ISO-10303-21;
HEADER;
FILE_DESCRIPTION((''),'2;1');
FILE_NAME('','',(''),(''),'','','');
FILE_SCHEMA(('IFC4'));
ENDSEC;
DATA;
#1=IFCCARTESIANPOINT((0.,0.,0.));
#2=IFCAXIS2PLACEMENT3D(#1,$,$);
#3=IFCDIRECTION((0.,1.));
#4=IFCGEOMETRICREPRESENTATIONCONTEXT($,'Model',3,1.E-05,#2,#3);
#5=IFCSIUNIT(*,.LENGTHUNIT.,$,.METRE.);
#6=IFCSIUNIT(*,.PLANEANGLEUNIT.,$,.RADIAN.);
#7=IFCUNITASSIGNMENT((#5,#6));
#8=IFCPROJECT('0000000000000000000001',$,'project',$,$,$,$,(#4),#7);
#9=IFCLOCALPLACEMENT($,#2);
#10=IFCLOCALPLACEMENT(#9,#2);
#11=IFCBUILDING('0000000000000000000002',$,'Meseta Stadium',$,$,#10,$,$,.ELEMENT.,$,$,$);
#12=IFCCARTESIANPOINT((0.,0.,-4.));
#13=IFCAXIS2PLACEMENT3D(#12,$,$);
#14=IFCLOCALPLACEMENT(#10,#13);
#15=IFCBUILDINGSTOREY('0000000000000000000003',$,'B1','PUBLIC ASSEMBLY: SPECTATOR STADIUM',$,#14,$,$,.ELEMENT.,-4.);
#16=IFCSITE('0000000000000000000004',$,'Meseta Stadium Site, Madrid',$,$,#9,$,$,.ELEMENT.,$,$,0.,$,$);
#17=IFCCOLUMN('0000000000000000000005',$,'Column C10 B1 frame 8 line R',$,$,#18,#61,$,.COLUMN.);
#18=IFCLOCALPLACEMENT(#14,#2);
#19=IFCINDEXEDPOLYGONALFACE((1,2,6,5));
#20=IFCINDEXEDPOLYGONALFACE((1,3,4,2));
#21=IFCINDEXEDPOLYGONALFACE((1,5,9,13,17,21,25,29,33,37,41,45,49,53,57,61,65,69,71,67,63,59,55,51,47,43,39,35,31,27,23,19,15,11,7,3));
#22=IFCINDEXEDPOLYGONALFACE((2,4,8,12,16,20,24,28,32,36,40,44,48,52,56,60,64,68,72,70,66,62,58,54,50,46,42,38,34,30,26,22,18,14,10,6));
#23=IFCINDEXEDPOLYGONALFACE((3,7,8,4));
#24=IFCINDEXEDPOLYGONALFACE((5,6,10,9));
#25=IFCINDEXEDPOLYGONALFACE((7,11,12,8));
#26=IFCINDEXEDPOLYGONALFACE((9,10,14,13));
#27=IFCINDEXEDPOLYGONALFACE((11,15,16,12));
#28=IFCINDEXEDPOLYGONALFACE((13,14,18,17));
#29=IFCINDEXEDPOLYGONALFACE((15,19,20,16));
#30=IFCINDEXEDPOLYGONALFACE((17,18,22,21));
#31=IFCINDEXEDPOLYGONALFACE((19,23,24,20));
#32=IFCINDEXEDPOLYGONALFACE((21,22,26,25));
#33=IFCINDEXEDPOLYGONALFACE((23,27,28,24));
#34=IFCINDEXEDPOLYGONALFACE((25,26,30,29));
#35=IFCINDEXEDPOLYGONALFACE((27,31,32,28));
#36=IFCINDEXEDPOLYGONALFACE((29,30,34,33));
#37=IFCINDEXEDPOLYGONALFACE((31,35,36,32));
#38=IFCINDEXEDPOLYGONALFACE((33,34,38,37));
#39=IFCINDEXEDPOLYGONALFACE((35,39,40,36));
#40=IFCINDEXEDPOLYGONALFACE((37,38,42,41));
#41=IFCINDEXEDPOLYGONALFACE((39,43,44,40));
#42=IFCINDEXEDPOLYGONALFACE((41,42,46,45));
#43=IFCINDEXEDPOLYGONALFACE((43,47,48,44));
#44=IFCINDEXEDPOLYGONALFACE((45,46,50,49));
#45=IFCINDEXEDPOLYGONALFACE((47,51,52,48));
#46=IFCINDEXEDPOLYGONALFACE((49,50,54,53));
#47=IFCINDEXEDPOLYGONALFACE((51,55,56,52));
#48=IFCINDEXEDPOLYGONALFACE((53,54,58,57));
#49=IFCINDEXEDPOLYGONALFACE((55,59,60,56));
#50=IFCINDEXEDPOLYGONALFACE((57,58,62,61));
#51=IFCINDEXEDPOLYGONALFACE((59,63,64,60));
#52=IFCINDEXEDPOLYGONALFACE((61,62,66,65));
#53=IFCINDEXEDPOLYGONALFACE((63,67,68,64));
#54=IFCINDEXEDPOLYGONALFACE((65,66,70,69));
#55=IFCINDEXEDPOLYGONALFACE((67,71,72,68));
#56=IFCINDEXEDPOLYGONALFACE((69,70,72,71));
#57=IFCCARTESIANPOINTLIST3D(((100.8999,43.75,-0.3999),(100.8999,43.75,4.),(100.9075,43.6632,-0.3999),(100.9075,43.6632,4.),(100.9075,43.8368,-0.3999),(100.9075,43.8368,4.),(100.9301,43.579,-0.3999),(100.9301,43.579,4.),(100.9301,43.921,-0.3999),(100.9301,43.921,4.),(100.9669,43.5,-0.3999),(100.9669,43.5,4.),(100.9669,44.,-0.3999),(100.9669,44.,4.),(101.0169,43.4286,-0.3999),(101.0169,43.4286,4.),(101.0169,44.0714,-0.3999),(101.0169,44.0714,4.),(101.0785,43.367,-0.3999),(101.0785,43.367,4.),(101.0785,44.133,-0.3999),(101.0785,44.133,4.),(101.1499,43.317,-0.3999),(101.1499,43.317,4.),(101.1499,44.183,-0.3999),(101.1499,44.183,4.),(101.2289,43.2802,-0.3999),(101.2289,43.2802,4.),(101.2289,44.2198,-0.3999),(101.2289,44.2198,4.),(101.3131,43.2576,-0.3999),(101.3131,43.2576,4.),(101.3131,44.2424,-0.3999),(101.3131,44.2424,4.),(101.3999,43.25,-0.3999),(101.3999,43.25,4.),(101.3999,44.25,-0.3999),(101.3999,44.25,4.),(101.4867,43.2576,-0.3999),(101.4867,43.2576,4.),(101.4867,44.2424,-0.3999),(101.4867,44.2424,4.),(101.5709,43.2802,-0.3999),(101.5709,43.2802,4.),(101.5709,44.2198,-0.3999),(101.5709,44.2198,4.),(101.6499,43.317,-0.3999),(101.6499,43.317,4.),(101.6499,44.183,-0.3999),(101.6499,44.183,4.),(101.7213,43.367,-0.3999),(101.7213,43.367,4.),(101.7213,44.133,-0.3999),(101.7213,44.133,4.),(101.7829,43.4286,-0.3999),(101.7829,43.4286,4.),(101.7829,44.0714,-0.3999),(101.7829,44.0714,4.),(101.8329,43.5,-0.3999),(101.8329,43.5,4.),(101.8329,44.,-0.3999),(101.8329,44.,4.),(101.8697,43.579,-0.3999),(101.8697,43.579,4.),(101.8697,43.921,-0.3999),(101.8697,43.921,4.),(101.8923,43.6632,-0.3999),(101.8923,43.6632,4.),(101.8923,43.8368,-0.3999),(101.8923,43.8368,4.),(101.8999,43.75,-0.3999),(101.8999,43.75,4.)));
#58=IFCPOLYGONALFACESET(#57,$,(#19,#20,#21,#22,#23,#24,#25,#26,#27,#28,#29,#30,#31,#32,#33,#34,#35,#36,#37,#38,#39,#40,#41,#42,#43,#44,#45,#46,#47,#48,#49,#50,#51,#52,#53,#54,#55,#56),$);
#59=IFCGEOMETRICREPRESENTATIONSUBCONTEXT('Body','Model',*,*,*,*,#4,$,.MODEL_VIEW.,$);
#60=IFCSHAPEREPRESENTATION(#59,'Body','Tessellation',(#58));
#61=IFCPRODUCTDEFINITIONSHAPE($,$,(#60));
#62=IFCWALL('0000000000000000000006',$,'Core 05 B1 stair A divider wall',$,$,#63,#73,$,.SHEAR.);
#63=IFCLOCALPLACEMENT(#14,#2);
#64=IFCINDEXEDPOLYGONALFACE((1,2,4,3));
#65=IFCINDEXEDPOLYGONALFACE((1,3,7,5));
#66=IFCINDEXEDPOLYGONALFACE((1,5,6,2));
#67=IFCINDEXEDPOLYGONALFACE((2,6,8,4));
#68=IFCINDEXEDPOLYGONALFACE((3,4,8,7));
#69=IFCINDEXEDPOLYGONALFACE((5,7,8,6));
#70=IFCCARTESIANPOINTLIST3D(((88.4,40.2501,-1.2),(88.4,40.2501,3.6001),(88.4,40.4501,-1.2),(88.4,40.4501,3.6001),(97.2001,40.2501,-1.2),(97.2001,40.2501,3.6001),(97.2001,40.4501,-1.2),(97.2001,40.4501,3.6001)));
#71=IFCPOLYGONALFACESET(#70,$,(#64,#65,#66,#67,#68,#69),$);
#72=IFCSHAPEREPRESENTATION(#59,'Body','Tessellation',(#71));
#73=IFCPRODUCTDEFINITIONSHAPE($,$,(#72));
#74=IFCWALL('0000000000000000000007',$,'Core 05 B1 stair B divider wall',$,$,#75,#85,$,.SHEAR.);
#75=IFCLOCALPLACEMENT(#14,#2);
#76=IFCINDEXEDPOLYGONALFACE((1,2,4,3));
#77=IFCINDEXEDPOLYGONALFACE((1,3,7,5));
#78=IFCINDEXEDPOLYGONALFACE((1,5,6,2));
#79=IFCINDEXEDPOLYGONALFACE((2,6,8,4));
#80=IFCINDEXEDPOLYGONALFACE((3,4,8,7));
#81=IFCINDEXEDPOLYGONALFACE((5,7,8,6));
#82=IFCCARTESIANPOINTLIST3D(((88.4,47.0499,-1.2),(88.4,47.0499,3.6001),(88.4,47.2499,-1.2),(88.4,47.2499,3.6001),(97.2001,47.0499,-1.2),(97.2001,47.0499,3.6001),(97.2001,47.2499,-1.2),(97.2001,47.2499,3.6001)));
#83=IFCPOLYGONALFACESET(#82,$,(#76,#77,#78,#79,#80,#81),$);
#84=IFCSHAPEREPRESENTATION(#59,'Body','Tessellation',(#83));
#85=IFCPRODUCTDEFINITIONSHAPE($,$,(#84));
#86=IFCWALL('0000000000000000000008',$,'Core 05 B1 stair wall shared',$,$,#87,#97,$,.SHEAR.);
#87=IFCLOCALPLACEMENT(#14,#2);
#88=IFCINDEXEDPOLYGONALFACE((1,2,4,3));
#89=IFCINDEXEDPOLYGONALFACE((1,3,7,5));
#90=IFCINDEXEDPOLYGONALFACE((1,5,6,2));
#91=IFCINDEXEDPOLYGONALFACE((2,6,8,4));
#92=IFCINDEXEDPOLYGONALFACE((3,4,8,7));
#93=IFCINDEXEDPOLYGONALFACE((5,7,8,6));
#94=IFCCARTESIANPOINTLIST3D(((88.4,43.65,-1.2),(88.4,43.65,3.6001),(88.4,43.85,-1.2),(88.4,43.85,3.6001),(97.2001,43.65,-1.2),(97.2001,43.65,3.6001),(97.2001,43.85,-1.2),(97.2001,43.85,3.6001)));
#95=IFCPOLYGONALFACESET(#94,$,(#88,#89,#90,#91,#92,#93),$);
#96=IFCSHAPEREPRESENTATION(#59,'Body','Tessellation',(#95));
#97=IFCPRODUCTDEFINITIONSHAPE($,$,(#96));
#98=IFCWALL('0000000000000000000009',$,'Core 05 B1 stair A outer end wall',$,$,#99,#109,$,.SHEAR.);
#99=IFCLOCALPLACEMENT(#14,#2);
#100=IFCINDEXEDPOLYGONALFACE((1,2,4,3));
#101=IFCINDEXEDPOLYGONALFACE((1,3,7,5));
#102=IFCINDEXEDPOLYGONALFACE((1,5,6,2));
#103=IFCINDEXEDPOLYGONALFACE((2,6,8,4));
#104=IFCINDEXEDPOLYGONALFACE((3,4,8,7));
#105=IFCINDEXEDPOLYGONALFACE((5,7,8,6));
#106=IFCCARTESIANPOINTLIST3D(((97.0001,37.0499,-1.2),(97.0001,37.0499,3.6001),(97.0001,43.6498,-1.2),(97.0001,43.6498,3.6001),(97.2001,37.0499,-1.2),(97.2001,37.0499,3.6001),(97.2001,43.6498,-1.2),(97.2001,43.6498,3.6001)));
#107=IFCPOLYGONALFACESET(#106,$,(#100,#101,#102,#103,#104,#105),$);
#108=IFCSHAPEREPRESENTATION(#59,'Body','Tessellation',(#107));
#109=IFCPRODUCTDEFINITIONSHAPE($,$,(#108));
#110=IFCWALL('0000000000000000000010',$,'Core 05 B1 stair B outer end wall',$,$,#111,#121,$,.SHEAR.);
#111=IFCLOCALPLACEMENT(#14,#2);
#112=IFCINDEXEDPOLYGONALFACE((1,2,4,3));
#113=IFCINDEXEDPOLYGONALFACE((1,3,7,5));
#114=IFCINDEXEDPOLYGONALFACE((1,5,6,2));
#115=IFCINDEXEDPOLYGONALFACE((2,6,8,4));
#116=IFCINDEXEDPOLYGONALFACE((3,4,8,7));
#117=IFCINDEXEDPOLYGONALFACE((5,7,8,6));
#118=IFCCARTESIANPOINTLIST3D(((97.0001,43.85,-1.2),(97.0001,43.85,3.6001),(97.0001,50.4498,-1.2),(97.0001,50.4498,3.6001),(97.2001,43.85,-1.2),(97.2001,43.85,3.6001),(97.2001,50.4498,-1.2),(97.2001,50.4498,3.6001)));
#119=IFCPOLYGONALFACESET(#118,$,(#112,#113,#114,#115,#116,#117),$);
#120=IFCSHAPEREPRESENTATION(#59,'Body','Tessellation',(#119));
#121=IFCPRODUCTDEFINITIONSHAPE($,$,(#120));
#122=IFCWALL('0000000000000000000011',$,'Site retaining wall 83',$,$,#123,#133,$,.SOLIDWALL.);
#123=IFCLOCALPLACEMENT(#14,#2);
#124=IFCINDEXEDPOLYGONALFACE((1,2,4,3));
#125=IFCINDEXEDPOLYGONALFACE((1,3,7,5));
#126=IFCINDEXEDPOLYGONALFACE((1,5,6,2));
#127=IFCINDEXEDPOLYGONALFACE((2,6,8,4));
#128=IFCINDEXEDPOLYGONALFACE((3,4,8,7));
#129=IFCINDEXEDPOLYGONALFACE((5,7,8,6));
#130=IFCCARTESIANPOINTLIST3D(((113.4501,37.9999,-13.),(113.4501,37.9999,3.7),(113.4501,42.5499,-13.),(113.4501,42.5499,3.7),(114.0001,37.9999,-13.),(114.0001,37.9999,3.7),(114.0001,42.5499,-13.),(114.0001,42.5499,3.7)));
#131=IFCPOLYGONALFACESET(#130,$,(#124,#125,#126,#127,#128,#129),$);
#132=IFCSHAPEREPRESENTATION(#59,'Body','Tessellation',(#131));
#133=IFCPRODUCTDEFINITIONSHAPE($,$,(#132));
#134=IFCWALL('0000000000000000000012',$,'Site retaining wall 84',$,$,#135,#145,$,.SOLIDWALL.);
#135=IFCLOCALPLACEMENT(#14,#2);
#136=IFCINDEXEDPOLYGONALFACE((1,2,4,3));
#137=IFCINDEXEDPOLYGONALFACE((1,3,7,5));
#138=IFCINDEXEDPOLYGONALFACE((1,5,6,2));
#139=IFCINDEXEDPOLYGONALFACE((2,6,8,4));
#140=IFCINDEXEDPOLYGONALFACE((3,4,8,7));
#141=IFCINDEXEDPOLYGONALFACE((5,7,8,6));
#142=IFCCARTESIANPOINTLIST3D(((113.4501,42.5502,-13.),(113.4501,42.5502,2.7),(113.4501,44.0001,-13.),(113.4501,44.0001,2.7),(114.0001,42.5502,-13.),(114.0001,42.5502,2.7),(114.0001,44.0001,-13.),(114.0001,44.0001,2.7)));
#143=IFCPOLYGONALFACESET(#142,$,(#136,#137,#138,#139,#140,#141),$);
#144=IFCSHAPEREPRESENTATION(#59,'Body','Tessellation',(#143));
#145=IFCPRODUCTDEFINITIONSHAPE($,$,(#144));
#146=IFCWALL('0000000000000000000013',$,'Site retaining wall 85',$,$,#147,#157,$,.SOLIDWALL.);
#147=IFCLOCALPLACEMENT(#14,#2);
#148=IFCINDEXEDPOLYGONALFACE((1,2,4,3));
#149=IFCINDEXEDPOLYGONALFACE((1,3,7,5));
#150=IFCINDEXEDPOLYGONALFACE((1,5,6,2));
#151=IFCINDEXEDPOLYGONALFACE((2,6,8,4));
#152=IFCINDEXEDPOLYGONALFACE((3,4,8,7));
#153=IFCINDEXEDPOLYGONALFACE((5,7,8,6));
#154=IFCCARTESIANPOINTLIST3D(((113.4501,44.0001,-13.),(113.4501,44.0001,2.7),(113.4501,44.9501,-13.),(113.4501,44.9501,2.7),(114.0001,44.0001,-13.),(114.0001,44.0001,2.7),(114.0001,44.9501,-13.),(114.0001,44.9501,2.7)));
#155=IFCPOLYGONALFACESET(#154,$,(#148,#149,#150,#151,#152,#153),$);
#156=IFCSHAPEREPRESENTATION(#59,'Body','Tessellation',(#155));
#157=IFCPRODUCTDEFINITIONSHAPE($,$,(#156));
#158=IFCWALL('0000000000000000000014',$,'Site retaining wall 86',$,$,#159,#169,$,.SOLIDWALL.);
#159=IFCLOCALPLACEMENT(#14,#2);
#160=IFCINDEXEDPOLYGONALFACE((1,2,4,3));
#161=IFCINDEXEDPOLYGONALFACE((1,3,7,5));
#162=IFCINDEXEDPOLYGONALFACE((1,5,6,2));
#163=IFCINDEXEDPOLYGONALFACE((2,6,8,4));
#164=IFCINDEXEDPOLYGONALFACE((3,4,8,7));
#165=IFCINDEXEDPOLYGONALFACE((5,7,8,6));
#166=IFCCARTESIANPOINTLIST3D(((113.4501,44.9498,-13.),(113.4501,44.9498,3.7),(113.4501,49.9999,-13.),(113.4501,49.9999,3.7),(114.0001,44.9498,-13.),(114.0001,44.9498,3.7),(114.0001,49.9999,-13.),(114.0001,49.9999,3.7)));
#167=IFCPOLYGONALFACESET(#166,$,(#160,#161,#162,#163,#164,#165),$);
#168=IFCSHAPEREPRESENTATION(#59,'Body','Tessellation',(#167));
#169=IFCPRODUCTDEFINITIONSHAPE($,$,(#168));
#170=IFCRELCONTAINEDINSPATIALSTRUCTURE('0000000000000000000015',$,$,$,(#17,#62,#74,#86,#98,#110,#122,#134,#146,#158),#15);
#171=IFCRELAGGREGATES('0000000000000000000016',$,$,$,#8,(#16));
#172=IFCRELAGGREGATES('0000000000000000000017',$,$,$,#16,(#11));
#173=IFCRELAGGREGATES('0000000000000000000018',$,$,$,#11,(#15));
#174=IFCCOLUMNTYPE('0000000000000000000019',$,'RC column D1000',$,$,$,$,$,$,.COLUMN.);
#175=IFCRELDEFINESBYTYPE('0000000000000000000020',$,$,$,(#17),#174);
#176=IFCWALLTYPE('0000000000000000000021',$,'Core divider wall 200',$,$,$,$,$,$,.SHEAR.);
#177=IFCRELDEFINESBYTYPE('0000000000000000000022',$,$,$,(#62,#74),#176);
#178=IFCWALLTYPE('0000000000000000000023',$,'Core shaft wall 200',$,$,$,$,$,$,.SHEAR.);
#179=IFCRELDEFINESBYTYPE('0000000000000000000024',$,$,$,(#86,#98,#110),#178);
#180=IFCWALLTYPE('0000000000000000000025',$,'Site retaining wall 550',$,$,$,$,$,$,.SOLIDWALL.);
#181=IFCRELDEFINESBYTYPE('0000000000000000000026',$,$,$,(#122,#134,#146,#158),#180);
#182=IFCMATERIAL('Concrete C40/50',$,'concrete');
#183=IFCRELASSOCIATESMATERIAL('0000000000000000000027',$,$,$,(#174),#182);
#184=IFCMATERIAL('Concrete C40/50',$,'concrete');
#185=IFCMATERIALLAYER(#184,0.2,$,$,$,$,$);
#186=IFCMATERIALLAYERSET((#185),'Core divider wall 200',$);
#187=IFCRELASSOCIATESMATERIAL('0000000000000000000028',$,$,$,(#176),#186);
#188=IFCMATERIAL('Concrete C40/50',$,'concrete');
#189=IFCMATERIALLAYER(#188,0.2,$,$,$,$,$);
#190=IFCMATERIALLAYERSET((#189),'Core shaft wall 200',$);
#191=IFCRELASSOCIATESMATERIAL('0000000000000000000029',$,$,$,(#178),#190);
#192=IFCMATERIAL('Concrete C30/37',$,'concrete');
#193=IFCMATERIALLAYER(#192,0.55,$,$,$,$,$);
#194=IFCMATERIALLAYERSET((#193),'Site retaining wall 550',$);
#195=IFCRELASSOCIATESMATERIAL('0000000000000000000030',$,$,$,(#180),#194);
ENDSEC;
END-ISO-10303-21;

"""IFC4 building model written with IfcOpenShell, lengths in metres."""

from ifc_helpers import new_model, si_unit, direction, frame, frame_2d, origin, origin_2d, place, context, subcontext, project, spatial, rectangle, circle, extrude, material, layer, layer_set, material_profile, profile_set, type_object, element, save


model = new_model("IFC4")

# Units and contexts
model_context = context("Model", 3, precision=1e-05, world=origin(), true_north=direction((0.0, 1.0)))
body_context = subcontext(model_context, "Body", "Model", "MODEL_VIEW")
ifc_project = project(units=[si_unit("LENGTHUNIT", "METRE"), si_unit("PLANEANGLEUNIT", "RADIAN")], contexts=[model_context])

# Site, building, storey
site_placement = place(None, origin())
site = spatial("IfcSite", under=ifc_project, at=site_placement, Name="Meseta Stadium Site, Madrid", CompositionType="ELEMENT", RefElevation=0.0)
building_placement = place(site_placement, origin())
building = spatial("IfcBuilding", under=site, at=building_placement, Name="Meseta Stadium", CompositionType="ELEMENT")
storey_placement = place(building_placement, frame((0.0, 0.0, -4.0)))
storey = spatial("IfcBuildingStorey", under=building, at=storey_placement, Name="B1", Description="PUBLIC ASSEMBLY: SPECTATOR STADIUM", CompositionType="ELEMENT", Elevation=-4.0)

# Column
ifc_material_1 = material(Name="Concrete C40/50", Category="concrete")
ifc_material_profile = material_profile(ifc_material_1, circle(Radius=0.5, at=origin_2d()), Name="RC D1000")
ifc_profile_set = profile_set([ifc_material_profile], Name="Concrete C40/50")
column_type = type_object("IfcColumnType", Name="RC column D1000", PredefinedType="COLUMN", material=ifc_profile_set)
column_placement = place(storey_placement, frame((101.3999, 43.75, -0.3999), z_axis=(0.0, 0.0, 1.0), x_axis=(1.0, 0.0, 0.0)))
element("IfcColumn", 1, at=column_placement, inside=storey, type_object=column_type, Name="Column C10 B1 frame 8 line R", PredefinedType="COLUMN", context=body_context, shape_type="SweptSolid", body=[
    extrude(circle(Radius=0.5, at=origin_2d()), origin(), (0.0, 0.0, 1.0), 4.3999),
])

# Walls
ifc_material_2 = material(Name="Concrete C40/50", Category="concrete")
ifc_layer_1 = layer(ifc_material_2, 0.2)
ifc_layer_set_1 = layer_set([ifc_layer_1], Name="Core divider wall 200")
wall_type_1 = type_object("IfcWallType", Name="Core divider wall 200", PredefinedType="SHEAR", material=ifc_layer_set_1)
for number, where, z_axis, x_axis, name in (
    (2, (97.2, 40.3501, -1.2), (0.0, 0.0, 1.0), (-1.0, 0.0, 0.0), "Core 05 B1 stair A divider wall"),
    (3, (97.2, 47.1499, -1.2), (0.0, 0.0, 1.0), (-1.0, 0.0, 0.0), "Core 05 B1 stair B divider wall"),
):
    element("IfcWall", number, at=place(storey_placement, frame(where, z_axis=z_axis, x_axis=x_axis)), inside=storey, type_object=wall_type_1, Name=name, PredefinedType="SHEAR", context=body_context, shape_type="SweptSolid", body=[
        extrude(rectangle(XDim=8.8, YDim=0.2, at=frame_2d((4.3999, 0.0))), origin(), (0.0, 0.0, 1.0), 4.8),
    ])
ifc_material_3 = material(Name="Concrete C40/50", Category="concrete")
ifc_layer_2 = layer(ifc_material_3, 0.2)
ifc_layer_set_2 = layer_set([ifc_layer_2], Name="Core shaft wall 200")
wall_type_2 = type_object("IfcWallType", Name="Core shaft wall 200", PredefinedType="SHEAR", material=ifc_layer_set_2)
wall_1_placement = place(storey_placement, frame((97.2, 43.75, -1.2), z_axis=(0.0, 0.0, 1.0), x_axis=(-1.0, 0.0, 0.0)))
element("IfcWall", 4, at=wall_1_placement, inside=storey, type_object=wall_type_2, Name="Core 05 B1 stair wall shared", PredefinedType="SHEAR", context=body_context, shape_type="SweptSolid", body=[
    extrude(rectangle(XDim=8.8, YDim=0.2, at=frame_2d((4.3999, 0.0))), origin(), (0.0, 0.0, 1.0), 4.8),
])
for number, where, z_axis, x_axis, name in (
    (5, (97.1001, 37.05, -1.2), (0.0, 0.0, 1.0), (0.0, 1.0, 0.0), "Core 05 B1 stair A outer end wall"),
    (6, (97.1001, 43.8501, -1.2), (0.0, 0.0, 1.0), (0.0, 1.0, 0.0), "Core 05 B1 stair B outer end wall"),
):
    element("IfcWall", number, at=place(storey_placement, frame(where, z_axis=z_axis, x_axis=x_axis)), inside=storey, type_object=wall_type_2, Name=name, PredefinedType="SHEAR", context=body_context, shape_type="SweptSolid", body=[
        extrude(rectangle(XDim=6.5999, YDim=0.2, at=frame_2d((3.2998, 0.0))), origin(), (0.0, 0.0, 1.0), 4.8),
    ])
ifc_material_4 = material(Name="Concrete C30/37", Category="concrete")
ifc_layer_3 = layer(ifc_material_4, 0.55)
ifc_layer_set_3 = layer_set([ifc_layer_3], Name="Site retaining wall 550")
wall_type_3 = type_object("IfcWallType", Name="Site retaining wall 550", PredefinedType="SOLIDWALL", material=ifc_layer_set_3)
wall_2_placement = place(storey_placement, frame((113.7251, 38.0, -13.0), z_axis=(0.0, 0.0, 1.0), x_axis=(0.0, 1.0, 0.0)))
element("IfcWall", 7, at=wall_2_placement, inside=storey, type_object=wall_type_3, Name="Site retaining wall 83", PredefinedType="SOLIDWALL", context=body_context, shape_type="SweptSolid", body=[
    extrude(rectangle(XDim=4.55, YDim=0.55, at=frame_2d((2.2749, 0.0))), origin(), (0.0, 0.0, 1.0), 16.7),
])
wall_3_placement = place(storey_placement, frame((113.7251, 42.55, -13.0), z_axis=(0.0, 0.0, 1.0), x_axis=(0.0, 1.0, 0.0)))
element("IfcWall", 8, at=wall_3_placement, inside=storey, type_object=wall_type_3, Name="Site retaining wall 84", PredefinedType="SOLIDWALL", context=body_context, shape_type="SweptSolid", body=[
    extrude(rectangle(XDim=1.45, YDim=0.55, at=frame_2d((0.7251, 0.0))), origin(), (0.0, 0.0, 1.0), 15.7),
])
wall_4_placement = place(storey_placement, frame((113.7251, 44.0, -13.0), z_axis=(0.0, 0.0, 1.0), x_axis=(0.0, 1.0, 0.0)))
element("IfcWall", 9, at=wall_4_placement, inside=storey, type_object=wall_type_3, Name="Site retaining wall 85", PredefinedType="SOLIDWALL", context=body_context, shape_type="SweptSolid", body=[
    extrude(rectangle(XDim=0.95, YDim=0.55, at=frame_2d((0.4751, 0.0))), origin(), (0.0, 0.0, 1.0), 15.7),
])
wall_5_placement = place(storey_placement, frame((113.7251, 44.95, -13.0), z_axis=(0.0, 0.0, 1.0), x_axis=(0.0, 1.0, 0.0)))
element("IfcWall", 10, at=wall_5_placement, inside=storey, type_object=wall_type_3, Name="Site retaining wall 86", PredefinedType="SOLIDWALL", context=body_context, shape_type="SweptSolid", body=[
    extrude(rectangle(XDim=5.05, YDim=0.55, at=frame_2d((2.5249, 0.0))), origin(), (0.0, 0.0, 1.0), 16.7),
])

save(model, "model.ifc")
